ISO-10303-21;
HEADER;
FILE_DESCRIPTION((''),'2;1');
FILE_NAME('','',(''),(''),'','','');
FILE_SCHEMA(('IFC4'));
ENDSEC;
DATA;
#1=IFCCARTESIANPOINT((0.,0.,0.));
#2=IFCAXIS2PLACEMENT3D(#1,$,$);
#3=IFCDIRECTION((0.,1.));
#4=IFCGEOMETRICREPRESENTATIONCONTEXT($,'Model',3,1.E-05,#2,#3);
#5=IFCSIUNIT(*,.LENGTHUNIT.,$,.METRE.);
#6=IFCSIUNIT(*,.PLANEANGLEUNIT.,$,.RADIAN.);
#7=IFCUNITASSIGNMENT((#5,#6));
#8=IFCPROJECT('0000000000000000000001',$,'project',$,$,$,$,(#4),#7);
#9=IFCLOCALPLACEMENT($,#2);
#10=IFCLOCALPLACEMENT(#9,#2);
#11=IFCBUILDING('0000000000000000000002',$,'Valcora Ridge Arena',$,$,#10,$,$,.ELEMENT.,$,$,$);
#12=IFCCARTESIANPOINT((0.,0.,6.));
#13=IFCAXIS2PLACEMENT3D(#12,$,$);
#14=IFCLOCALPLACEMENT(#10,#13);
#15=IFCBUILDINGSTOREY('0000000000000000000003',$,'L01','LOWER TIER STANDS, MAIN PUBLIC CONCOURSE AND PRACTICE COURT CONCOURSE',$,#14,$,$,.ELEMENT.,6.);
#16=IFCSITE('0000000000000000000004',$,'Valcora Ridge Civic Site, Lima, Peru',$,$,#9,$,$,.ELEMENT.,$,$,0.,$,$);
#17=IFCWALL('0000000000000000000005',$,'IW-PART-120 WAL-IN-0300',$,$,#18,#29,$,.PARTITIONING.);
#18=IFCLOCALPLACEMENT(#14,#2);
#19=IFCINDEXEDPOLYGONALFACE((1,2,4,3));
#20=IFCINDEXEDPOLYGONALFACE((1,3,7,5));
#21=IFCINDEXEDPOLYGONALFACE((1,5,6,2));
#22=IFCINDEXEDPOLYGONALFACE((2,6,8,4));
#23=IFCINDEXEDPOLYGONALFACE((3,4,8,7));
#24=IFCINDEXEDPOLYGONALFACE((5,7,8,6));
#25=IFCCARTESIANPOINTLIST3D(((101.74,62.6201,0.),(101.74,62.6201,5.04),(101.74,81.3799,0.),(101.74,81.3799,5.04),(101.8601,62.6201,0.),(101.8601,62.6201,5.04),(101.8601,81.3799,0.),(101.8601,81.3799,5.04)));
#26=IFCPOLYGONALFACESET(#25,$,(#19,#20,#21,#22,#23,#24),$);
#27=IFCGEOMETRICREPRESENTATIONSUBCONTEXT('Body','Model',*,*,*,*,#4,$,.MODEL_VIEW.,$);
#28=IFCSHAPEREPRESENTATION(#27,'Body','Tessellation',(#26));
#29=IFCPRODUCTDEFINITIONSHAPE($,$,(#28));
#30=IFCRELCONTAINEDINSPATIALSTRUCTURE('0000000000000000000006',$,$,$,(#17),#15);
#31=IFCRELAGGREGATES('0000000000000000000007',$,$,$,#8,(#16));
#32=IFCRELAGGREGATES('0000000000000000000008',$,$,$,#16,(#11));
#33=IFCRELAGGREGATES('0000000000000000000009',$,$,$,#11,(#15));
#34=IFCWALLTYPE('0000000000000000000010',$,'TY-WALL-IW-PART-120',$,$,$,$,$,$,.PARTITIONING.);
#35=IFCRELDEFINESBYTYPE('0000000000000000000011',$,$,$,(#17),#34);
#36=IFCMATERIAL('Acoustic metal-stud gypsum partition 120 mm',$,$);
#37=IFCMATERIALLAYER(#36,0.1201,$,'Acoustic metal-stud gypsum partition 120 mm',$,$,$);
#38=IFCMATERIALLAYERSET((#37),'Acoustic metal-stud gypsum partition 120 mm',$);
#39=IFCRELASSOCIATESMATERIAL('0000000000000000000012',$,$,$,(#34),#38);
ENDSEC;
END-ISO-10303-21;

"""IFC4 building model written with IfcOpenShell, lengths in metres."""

from ifc_helpers import new_model, si_unit, direction, frame, frame_2d, origin, place, context, subcontext, project, spatial, rectangle, extrude, material, layer, layer_set, type_object, element, save


model = new_model("IFC4")

# Units and contexts
model_context = context("Model", 3, precision=1e-05, world=origin(), true_north=direction((0.0, 1.0)))
body_context = subcontext(model_context, "Body", "Model", "MODEL_VIEW")
ifc_project = project(units=[si_unit("LENGTHUNIT", "METRE"), si_unit("PLANEANGLEUNIT", "RADIAN")], contexts=[model_context])

# Site, building, storey
site_placement = place(None, origin())
site = spatial("IfcSite", under=ifc_project, at=site_placement, Name="Valcora Ridge Civic Site, Lima, Peru", CompositionType="ELEMENT", RefElevation=0.0)
building_placement = place(site_placement, origin())
building = spatial("IfcBuilding", under=site, at=building_placement, Name="Valcora Ridge Arena", CompositionType="ELEMENT")
storey_placement = place(building_placement, frame((0.0, 0.0, 6.0)))
storey = spatial("IfcBuildingStorey", under=building, at=storey_placement, Name="L01", Description="LOWER TIER STANDS, MAIN PUBLIC CONCOURSE AND PRACTICE COURT CONCOURSE", CompositionType="ELEMENT", Elevation=6.0)

# Shared definitions
ifc_material_1 = material(Name="Acoustic metal-stud gypsum partition 120 mm")
ifc_layer_1 = layer(ifc_material_1, 0.1201, Name="Acoustic metal-stud gypsum partition 120 mm")
ifc_layer_set_1 = layer_set([ifc_layer_1], Name="Acoustic metal-stud gypsum partition 120 mm")
wall_type = type_object("IfcWallType", Name="TY-WALL-IW-PART-120", PredefinedType="PARTITIONING", material=ifc_layer_set_1)

# Wall
for number, where, z_axis, x_axis, name in (
    (1, (101.8, 62.6201, 0.0), (0.0, 0.0, 1.0), (0.0, 1.0, 0.0), "IW-PART-120 WAL-IN-0300"),
):
    element("IfcWall", number, at=place(storey_placement, frame(where, z_axis=z_axis, x_axis=x_axis)), inside=storey, type_object=wall_type, Name=name, PredefinedType="PARTITIONING", context=body_context, shape_type="SweptSolid", body=[
        extrude(rectangle(XDim=18.7598, YDim=0.1201, at=frame_2d((9.3799, 0.0))), origin(), (0.0, 0.0, 1.0), 5.04),
    ])

save(model, "model.ifc")
